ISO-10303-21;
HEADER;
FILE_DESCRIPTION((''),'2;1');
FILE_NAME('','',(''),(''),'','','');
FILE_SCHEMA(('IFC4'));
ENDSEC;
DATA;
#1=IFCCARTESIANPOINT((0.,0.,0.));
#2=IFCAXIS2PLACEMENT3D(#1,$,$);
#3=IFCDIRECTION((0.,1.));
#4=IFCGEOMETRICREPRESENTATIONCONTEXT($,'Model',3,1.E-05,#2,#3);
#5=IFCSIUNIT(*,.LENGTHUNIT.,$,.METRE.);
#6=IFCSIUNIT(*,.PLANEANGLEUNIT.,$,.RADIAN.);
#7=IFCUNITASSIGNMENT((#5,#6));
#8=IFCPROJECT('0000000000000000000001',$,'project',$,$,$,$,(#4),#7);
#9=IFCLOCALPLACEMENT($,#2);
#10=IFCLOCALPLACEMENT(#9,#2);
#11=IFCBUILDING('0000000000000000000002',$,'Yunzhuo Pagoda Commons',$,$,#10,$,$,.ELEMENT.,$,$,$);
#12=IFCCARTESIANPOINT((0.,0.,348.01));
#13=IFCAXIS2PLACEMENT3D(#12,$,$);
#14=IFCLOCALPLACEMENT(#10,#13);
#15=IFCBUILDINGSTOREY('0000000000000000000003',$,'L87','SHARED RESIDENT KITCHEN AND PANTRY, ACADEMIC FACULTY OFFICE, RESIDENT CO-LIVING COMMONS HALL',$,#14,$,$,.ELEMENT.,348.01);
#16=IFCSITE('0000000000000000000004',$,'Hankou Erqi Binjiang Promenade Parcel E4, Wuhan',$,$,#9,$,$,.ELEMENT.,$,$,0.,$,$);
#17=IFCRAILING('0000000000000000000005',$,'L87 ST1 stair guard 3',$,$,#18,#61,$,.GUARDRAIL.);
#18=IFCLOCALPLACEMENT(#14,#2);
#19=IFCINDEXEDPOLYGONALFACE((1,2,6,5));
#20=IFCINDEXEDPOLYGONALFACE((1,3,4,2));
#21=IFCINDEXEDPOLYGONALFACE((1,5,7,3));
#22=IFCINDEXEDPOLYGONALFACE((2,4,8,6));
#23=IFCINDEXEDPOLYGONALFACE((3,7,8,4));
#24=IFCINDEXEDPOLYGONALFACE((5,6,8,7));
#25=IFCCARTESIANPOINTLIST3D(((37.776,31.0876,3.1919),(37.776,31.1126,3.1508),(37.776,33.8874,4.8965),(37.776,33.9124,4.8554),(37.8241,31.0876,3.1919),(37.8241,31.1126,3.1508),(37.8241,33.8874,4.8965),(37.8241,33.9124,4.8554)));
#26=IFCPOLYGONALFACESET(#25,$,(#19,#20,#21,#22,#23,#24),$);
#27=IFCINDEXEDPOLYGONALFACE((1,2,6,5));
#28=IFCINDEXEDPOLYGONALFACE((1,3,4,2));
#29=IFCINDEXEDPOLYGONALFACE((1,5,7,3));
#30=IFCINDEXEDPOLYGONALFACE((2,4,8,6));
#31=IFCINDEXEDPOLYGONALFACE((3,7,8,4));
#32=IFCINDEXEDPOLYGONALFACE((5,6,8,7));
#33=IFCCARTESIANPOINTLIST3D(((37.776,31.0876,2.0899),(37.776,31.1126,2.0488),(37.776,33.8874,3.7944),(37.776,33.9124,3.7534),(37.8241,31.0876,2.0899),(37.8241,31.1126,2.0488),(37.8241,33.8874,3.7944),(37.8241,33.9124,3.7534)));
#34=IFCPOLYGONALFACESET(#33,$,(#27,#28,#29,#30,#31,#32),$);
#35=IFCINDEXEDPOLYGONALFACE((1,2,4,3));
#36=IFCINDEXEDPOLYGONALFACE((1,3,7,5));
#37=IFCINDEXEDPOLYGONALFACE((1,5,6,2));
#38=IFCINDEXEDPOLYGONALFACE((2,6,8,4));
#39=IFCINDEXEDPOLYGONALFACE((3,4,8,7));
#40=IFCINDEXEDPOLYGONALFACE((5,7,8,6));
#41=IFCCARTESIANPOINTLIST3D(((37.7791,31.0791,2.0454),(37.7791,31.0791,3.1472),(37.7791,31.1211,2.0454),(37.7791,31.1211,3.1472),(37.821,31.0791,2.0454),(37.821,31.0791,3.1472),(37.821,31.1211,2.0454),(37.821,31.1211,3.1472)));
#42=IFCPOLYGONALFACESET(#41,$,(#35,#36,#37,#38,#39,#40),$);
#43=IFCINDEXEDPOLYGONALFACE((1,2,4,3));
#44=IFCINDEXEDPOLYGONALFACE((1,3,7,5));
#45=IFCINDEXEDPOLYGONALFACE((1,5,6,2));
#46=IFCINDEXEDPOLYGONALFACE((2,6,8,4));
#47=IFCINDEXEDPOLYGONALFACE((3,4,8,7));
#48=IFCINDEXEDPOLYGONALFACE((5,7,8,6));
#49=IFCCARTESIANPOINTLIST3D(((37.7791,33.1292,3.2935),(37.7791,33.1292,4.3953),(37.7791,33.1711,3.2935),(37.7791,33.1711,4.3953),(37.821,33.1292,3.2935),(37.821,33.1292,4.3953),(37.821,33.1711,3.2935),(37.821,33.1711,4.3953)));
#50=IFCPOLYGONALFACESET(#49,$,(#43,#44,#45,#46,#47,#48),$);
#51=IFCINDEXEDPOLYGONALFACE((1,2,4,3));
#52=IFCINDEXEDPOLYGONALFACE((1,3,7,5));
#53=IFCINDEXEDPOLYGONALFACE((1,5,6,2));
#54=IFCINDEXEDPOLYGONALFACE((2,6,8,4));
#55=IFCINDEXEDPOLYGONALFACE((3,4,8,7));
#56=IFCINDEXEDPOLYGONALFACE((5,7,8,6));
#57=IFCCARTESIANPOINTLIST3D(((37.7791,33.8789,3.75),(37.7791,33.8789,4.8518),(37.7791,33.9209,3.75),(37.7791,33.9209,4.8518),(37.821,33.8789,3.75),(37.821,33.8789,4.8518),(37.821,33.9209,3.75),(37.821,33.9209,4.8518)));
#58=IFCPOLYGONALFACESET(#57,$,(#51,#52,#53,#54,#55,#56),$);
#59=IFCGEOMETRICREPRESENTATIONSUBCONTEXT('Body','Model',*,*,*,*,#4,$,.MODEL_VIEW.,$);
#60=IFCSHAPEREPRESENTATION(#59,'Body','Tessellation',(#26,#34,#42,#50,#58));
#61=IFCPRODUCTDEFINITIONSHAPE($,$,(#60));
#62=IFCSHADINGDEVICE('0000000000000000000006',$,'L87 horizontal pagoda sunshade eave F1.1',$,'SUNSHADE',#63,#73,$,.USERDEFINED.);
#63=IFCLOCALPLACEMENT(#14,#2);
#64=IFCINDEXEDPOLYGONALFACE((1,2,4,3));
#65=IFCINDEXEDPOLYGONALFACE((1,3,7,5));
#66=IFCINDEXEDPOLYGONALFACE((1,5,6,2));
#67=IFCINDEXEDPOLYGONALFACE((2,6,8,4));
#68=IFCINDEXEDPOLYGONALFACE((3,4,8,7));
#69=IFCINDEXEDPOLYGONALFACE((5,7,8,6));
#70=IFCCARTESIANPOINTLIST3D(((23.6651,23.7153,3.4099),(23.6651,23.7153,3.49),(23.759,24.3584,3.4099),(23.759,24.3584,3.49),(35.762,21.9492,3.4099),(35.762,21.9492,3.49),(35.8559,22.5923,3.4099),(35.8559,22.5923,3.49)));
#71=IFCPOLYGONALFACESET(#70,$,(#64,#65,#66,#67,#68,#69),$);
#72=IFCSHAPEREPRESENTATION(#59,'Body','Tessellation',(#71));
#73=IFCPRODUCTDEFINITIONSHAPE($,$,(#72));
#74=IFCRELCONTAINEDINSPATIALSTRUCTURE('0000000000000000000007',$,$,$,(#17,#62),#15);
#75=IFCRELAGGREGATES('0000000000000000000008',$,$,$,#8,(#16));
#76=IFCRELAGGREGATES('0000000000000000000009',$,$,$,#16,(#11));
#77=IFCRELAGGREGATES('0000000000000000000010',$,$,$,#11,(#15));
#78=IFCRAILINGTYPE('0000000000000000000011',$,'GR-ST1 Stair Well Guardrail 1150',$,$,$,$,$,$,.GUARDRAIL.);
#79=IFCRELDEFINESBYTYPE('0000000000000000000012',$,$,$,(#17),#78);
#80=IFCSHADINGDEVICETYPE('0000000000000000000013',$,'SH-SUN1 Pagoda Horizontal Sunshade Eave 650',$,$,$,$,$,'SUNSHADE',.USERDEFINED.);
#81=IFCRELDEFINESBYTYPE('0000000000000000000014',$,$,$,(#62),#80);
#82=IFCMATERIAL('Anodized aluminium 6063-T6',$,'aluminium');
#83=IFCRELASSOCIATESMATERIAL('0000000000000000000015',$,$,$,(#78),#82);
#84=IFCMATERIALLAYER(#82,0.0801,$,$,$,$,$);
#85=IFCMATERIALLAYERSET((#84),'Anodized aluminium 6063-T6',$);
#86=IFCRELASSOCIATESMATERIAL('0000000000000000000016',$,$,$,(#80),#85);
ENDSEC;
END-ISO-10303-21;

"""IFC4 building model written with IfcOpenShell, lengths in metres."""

from ifc_helpers import new_model, si_unit, direction, frame, origin, origin_2d, place, context, subcontext, project, spatial, rectangle, extrude, source, transform, mapped, material, layer, layer_set, type_object, element, save


model = new_model("IFC4")

# Units and contexts
model_context = context("Model", 3, precision=1e-05, world=origin(), true_north=direction((0.0, 1.0)))
body_context = subcontext(model_context, "Body", "Model", "MODEL_VIEW")
ifc_project = project(units=[si_unit("LENGTHUNIT", "METRE"), si_unit("PLANEANGLEUNIT", "RADIAN")], contexts=[model_context])

# Site, building, storey
site_placement = place(None, origin())
site = spatial("IfcSite", under=ifc_project, at=site_placement, Name="Hankou Erqi Binjiang Promenade Parcel E4, Wuhan", CompositionType="ELEMENT", RefElevation=0.0)
building_placement = place(site_placement, origin())
building = spatial("IfcBuilding", under=site, at=building_placement, Name="Yunzhuo Pagoda Commons", CompositionType="ELEMENT")
storey_placement = place(building_placement, frame((0.0, 0.0, 348.01)))
storey = spatial("IfcBuildingStorey", under=building, at=storey_placement, Name="L87", Description="SHARED RESIDENT KITCHEN AND PANTRY, ACADEMIC FACULTY OFFICE, RESIDENT CO-LIVING COMMONS HALL", CompositionType="ELEMENT", Elevation=348.01)

# Shared definitions
ifc_material_1 = material(Name="Anodized aluminium 6063-T6", Category="aluminium")

# Railing
railing_type = type_object("IfcRailingType", Name="GR-ST1 Stair Well Guardrail 1150", PredefinedType="GUARDRAIL", material=ifc_material_1)
railing_1_placement = place(storey_placement, frame((37.8, 31.1001, 2.0454)))
element("IfcRailing", 1, at=railing_1_placement, inside=storey, type_object=railing_type, Name="L87 ST1 stair guard 3", PredefinedType="GUARDRAIL", context=body_context, shape_type="SweptSolid", body=[
    extrude(rectangle(XDim=0.0481, YDim=0.0481, at=origin_2d()), frame((0.0, 0.0, 1.126), z_axis=(0.0, 0.85415, 0.520027), x_axis=(-1.0, 0.0, 0.0)), (0.0, 0.0, 1.0), 3.2778),
    extrude(rectangle(XDim=0.0481, YDim=0.0481, at=origin_2d()), frame((0.0, 0.0, 0.0239), z_axis=(0.0, 0.85415, 0.520027), x_axis=(-1.0, 0.0, 0.0)), (0.0, 0.0, 1.0), 3.2778),
    extrude(rectangle(XDim=0.042, YDim=0.042, at=origin_2d()), origin(), (0.0, 0.0, 1.0), 1.1018),
    extrude(rectangle(XDim=0.042, YDim=0.042, at=origin_2d()), frame((0.0, 2.05, 1.248)), (0.0, 0.0, 1.0), 1.1018),
    extrude(rectangle(XDim=0.042, YDim=0.042, at=origin_2d()), frame((0.0, 2.7998, 1.7046)), (0.0, 0.0, 1.0), 1.1018),
])

# Shading device
ifc_layer_1 = layer(ifc_material_1, 0.0801)
ifc_layer_set_1 = layer_set([ifc_layer_1], Name="Anodized aluminium 6063-T6")
shading_device_type = type_object("IfcShadingDeviceType", Name="SH-SUN1 Pagoda Horizontal Sunshade Eave 650", ElementType="SUNSHADE", PredefinedType="USERDEFINED", material=ifc_layer_set_1)
shared_shape_1 = source(origin(), body_context, "Body", "SweptSolid", [
    extrude(rectangle(XDim=12.2251, YDim=0.6499, at=origin_2d()), origin(), (0.0, 0.0, 1.0), 0.0801),
])
shading_device_placement = place(storey_placement, frame((29.7605, 23.1538, 3.4099), z_axis=(0.0, 0.0, 1.0), x_axis=(0.989511, -0.14446, 0.0)))
element("IfcShadingDevice", 2, at=shading_device_placement, inside=storey, type_object=shading_device_type, Name="L87 horizontal pagoda sunshade eave F1.1", ObjectType="SUNSHADE", PredefinedType="USERDEFINED", context=body_context, shape_type="MappedRepresentation", body=[
    mapped(shared_shape_1, transform((0.0, 0.0, 0.0), scale=1.0)),
])

save(model, "model.ifc")
